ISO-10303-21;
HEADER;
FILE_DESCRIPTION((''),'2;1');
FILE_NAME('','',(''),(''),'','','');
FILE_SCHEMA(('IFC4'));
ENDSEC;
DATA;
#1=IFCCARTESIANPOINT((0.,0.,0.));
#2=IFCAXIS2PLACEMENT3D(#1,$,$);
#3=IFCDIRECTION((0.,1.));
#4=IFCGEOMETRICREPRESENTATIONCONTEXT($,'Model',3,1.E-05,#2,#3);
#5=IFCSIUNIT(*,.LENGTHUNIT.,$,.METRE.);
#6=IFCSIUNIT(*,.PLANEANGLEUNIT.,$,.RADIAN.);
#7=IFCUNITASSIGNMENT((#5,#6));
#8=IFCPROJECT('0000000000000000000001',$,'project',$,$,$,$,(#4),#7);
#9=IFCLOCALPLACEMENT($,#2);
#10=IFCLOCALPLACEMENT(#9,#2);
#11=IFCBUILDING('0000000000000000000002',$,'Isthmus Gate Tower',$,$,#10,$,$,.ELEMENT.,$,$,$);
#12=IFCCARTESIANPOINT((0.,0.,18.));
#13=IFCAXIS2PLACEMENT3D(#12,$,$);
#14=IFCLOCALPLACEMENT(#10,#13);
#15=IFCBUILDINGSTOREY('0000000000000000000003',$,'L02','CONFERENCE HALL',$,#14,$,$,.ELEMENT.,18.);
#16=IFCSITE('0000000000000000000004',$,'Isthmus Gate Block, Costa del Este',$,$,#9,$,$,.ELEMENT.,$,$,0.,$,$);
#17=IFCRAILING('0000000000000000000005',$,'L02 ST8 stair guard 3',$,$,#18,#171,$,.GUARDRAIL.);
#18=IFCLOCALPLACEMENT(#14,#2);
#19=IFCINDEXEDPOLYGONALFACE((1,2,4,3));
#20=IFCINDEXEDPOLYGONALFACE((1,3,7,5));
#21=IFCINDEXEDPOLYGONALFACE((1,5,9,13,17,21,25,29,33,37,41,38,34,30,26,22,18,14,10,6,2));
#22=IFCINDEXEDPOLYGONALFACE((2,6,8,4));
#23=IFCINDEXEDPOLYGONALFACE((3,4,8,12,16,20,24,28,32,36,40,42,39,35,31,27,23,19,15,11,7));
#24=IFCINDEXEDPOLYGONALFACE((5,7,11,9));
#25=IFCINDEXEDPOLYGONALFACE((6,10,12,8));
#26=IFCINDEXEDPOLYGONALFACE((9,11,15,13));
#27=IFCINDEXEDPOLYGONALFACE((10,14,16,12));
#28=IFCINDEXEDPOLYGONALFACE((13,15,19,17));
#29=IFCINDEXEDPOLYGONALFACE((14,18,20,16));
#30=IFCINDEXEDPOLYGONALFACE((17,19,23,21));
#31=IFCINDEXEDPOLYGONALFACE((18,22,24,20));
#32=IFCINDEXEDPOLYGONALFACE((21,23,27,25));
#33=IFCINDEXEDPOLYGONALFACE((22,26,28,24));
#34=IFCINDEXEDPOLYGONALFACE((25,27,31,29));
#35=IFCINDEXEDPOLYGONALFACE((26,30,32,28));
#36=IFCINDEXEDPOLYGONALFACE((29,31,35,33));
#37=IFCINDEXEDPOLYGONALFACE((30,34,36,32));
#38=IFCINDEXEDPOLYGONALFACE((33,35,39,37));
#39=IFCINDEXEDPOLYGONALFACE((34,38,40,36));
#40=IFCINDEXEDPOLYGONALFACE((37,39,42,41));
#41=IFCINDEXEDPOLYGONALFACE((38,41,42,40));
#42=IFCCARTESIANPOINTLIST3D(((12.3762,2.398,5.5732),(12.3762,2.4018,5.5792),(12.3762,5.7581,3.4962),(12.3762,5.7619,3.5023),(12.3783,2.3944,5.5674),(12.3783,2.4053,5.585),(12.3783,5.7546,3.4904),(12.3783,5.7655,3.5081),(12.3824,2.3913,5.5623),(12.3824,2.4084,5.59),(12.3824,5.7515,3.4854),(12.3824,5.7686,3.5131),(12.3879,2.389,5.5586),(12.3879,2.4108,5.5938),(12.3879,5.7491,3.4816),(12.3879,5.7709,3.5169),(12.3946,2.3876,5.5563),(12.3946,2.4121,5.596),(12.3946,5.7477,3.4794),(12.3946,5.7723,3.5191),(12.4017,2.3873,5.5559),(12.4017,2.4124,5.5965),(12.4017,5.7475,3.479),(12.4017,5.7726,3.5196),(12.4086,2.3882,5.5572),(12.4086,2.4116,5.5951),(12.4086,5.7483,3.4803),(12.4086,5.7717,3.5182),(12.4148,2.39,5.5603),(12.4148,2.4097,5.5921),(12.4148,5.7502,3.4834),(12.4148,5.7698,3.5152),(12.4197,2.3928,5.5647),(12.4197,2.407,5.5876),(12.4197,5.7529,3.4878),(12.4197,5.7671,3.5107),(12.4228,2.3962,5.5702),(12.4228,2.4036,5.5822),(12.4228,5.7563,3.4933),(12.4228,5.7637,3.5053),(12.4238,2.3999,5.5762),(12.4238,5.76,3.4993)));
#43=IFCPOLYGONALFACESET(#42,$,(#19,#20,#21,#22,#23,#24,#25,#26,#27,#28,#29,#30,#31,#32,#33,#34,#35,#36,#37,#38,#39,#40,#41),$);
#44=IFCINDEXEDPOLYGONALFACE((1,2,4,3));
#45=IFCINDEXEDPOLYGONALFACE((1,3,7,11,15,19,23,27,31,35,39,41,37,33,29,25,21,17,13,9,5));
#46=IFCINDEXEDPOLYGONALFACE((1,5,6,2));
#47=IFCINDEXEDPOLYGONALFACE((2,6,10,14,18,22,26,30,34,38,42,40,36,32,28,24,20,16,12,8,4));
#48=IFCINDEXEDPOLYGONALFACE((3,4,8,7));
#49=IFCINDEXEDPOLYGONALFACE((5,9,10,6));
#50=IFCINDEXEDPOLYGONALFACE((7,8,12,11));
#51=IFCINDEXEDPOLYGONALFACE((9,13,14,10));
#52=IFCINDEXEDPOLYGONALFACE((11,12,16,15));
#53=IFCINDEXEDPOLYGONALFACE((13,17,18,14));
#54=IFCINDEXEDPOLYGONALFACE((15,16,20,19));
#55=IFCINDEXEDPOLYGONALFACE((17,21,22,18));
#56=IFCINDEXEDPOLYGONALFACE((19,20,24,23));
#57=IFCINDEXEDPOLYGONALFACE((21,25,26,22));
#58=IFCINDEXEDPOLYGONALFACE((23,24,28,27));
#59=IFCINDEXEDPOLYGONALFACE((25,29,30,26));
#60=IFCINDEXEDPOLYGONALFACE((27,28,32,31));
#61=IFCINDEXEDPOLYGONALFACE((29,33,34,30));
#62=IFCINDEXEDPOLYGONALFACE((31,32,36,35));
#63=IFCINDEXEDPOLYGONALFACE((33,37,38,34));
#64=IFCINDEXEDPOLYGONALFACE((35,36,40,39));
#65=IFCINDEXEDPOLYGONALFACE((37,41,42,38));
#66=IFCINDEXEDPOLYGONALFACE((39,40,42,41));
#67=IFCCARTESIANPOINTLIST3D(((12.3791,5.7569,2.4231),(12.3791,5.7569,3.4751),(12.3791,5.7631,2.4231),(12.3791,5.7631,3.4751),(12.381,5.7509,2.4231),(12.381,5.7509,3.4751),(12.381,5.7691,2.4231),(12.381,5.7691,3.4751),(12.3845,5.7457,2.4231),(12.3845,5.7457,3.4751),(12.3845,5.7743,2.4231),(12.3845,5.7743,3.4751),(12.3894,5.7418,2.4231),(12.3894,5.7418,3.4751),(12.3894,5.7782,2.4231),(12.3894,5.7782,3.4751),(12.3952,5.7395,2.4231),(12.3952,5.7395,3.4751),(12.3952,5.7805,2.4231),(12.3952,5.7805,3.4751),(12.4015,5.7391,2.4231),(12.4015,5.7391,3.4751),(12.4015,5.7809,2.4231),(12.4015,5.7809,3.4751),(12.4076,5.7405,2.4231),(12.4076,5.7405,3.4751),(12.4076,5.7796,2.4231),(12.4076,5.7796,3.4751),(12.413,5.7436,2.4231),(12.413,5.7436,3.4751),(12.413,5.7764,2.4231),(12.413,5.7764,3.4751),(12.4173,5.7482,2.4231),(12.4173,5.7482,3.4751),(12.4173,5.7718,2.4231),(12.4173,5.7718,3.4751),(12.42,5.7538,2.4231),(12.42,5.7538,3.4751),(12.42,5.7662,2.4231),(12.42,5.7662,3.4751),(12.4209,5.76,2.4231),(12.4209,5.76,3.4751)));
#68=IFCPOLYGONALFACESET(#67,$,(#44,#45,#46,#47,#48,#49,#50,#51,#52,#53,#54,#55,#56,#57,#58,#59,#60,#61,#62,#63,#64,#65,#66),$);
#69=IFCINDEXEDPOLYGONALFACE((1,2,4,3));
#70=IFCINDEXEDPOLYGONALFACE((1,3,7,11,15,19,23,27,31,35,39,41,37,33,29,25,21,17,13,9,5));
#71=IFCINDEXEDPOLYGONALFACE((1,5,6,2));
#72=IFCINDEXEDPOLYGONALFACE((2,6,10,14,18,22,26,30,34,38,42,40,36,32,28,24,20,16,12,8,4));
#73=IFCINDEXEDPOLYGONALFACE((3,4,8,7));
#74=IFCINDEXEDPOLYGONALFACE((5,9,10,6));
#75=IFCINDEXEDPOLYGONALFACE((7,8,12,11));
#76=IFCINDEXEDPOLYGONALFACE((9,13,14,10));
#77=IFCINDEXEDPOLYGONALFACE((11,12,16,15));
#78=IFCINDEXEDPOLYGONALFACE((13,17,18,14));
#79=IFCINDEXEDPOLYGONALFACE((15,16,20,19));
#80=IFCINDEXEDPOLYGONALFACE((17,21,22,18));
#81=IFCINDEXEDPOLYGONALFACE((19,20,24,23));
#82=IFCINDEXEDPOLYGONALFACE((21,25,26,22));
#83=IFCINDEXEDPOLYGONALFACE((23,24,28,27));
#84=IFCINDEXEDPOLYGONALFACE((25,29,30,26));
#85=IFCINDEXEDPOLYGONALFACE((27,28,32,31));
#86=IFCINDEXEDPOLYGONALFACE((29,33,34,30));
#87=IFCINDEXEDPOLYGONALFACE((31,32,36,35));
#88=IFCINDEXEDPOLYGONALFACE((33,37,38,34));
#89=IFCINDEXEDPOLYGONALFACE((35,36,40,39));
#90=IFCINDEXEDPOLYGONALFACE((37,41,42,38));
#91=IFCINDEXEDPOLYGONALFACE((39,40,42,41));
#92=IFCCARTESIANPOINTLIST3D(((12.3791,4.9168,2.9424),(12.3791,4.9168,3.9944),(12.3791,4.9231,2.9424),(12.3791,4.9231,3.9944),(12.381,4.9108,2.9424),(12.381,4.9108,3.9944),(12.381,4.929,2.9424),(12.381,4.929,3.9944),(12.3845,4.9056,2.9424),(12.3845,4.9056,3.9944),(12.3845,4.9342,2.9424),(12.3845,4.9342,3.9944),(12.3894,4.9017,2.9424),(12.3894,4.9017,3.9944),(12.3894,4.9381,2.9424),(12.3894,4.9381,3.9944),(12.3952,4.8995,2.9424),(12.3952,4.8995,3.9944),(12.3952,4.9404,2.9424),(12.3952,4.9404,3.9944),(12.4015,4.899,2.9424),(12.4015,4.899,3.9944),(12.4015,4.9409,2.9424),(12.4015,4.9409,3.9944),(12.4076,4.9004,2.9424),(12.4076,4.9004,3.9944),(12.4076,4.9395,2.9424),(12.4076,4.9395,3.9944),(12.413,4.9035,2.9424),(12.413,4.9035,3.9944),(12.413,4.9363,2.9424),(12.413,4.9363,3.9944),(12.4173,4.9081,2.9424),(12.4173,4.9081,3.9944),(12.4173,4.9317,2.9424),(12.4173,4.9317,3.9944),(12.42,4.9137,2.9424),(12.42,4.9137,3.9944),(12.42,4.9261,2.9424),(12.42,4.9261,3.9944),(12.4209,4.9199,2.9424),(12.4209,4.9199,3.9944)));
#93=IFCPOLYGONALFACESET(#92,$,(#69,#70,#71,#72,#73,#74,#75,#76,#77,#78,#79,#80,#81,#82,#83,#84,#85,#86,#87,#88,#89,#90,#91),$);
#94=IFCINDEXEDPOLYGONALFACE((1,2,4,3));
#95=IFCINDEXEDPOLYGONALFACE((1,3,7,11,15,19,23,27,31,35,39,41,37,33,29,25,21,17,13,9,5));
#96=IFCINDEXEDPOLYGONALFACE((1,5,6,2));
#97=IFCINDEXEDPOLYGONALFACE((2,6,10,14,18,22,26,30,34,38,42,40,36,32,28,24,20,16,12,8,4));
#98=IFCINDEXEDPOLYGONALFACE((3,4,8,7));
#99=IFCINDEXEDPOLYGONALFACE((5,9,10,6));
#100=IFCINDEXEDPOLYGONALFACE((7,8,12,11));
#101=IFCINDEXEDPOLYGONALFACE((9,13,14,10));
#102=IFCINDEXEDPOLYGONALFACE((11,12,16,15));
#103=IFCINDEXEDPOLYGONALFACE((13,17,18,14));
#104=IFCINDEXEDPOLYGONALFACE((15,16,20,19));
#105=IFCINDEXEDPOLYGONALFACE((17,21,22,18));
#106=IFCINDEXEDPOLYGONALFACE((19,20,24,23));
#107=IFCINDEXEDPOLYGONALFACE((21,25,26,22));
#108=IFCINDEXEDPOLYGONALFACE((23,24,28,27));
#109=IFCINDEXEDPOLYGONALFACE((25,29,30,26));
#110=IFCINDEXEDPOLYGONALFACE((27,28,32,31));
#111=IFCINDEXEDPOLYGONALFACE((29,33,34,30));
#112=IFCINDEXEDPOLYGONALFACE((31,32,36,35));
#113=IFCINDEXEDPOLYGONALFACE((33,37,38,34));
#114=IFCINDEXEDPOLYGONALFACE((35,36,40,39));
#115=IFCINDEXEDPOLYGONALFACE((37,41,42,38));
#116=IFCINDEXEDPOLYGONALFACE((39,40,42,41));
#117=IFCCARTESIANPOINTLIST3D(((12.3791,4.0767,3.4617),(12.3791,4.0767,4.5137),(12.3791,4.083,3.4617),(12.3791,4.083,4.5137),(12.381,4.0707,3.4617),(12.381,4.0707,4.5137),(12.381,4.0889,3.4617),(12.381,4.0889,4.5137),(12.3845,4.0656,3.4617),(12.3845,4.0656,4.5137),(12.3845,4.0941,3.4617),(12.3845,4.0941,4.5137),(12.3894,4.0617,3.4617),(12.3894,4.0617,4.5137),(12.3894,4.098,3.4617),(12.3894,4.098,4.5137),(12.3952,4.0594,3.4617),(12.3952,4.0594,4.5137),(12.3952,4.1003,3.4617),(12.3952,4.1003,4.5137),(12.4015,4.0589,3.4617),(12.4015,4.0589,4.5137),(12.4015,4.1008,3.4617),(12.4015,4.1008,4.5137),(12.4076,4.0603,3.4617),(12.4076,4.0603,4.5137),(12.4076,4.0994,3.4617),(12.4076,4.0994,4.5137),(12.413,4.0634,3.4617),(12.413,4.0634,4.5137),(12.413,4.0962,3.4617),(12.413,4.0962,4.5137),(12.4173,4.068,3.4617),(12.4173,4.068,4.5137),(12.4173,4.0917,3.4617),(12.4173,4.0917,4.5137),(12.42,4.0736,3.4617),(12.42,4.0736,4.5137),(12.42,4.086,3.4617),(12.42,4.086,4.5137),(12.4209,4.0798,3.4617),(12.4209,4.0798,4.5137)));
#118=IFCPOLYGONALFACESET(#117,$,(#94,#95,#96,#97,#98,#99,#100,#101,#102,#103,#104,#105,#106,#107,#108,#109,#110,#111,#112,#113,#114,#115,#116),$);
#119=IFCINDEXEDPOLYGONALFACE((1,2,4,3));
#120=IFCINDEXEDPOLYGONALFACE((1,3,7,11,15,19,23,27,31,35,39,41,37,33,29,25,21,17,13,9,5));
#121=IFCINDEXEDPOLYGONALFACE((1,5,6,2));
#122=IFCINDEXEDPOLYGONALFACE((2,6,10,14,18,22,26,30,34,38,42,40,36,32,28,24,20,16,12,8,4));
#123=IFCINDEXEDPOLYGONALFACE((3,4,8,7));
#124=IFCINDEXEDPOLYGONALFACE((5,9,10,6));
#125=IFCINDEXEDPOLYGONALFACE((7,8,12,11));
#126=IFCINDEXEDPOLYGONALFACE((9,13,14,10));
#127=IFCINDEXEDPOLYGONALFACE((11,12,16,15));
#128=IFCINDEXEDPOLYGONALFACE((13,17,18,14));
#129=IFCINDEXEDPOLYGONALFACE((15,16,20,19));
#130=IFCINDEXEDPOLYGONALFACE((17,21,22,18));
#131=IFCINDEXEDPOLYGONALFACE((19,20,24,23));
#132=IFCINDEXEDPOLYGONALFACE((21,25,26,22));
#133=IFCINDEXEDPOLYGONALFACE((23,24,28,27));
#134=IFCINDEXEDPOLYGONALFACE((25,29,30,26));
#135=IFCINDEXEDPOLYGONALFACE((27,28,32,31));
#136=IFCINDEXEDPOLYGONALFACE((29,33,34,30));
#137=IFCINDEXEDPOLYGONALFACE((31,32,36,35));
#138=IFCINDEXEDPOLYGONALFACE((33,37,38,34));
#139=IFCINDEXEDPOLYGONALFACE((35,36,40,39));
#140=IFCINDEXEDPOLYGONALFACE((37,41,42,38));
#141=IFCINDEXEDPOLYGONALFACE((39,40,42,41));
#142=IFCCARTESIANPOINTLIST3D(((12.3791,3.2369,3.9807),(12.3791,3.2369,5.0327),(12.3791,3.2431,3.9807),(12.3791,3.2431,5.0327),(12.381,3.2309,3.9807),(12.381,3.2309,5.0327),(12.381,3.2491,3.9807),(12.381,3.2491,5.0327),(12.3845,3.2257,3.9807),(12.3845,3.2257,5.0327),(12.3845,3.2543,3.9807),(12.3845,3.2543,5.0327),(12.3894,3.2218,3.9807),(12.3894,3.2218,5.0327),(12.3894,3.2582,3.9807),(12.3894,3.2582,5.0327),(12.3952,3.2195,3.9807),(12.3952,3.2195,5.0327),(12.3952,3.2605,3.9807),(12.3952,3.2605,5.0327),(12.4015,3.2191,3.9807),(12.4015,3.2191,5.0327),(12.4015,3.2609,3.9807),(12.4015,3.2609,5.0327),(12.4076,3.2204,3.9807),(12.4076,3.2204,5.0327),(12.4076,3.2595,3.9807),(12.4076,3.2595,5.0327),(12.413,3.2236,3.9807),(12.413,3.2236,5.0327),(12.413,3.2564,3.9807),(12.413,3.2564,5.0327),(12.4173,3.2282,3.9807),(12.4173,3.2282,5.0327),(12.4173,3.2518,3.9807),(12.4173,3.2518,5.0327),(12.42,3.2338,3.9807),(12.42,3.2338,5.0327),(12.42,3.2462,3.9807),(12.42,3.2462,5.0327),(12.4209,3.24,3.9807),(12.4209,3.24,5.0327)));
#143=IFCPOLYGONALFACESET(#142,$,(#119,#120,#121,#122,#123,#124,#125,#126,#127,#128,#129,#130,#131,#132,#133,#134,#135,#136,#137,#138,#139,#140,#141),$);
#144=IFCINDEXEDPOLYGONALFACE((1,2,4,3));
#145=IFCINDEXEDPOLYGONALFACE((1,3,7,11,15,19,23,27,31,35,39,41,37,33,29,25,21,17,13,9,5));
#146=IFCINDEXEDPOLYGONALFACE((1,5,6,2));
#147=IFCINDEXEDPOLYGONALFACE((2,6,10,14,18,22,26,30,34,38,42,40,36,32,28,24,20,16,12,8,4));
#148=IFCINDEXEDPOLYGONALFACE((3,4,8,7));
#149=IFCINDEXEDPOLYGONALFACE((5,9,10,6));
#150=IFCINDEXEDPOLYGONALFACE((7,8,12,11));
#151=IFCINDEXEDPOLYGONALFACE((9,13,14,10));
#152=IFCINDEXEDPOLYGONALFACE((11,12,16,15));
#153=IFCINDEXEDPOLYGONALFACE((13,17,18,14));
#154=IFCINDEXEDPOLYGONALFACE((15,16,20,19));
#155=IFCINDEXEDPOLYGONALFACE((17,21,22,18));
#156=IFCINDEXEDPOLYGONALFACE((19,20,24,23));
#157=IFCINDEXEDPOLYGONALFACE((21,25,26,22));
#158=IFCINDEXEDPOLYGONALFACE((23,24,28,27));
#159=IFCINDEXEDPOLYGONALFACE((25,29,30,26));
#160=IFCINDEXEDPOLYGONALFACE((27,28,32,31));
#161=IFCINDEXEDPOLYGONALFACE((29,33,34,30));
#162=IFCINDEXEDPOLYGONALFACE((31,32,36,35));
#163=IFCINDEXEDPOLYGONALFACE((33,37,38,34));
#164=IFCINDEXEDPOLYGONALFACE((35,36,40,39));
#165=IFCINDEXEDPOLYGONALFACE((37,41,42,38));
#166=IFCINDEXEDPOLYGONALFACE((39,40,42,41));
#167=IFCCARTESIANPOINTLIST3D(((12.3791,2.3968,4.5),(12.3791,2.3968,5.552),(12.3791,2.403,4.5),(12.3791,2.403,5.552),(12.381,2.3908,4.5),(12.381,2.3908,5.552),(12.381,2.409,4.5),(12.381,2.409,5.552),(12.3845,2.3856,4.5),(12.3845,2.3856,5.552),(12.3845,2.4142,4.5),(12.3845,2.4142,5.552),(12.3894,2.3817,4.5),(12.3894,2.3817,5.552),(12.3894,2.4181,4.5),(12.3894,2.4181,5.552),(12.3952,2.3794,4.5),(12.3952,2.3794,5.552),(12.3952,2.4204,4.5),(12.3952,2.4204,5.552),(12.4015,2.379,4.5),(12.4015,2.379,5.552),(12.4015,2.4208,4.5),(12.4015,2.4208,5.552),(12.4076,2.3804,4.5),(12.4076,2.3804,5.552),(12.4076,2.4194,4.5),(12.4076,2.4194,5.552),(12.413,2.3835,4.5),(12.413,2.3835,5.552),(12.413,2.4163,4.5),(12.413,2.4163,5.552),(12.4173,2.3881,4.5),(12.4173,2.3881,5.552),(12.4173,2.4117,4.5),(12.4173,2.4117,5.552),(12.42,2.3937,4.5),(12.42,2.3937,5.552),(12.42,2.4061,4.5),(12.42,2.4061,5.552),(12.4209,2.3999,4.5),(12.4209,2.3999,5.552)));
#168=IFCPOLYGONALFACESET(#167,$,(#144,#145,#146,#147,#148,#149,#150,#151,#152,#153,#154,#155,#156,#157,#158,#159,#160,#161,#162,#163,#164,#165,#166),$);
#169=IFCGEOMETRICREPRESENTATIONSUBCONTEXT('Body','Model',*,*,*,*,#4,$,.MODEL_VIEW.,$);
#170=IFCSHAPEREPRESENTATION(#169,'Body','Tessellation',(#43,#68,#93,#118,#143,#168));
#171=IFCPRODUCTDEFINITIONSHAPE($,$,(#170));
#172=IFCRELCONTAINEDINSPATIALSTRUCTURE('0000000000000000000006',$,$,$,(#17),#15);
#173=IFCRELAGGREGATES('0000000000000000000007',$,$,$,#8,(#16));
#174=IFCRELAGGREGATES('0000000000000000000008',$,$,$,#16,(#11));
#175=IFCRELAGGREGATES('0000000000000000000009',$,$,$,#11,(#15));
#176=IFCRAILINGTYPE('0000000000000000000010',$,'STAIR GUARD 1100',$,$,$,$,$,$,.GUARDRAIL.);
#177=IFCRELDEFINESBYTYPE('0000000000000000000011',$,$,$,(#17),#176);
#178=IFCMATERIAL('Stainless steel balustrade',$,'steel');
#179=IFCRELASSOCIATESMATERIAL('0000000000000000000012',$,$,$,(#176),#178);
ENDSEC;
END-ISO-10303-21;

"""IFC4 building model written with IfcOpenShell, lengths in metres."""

from ifc_helpers import new_model, si_unit, direction, frame, origin, origin_2d, place, context, subcontext, project, spatial, circle, extrude, material, type_object, element, save


model = new_model("IFC4")

# Units and contexts
model_context = context("Model", 3, precision=1e-05, world=origin(), true_north=direction((0.0, 1.0)))
body_context = subcontext(model_context, "Body", "Model", "MODEL_VIEW")
ifc_project = project(units=[si_unit("LENGTHUNIT", "METRE"), si_unit("PLANEANGLEUNIT", "RADIAN")], contexts=[model_context])

# Site, building, storey
site_placement = place(None, origin())
site = spatial("IfcSite", under=ifc_project, at=site_placement, Name="Isthmus Gate Block, Costa del Este", CompositionType="ELEMENT", RefElevation=0.0)
building_placement = place(site_placement, origin())
building = spatial("IfcBuilding", under=site, at=building_placement, Name="Isthmus Gate Tower", CompositionType="ELEMENT")
storey_placement = place(building_placement, frame((0.0, 0.0, 18.0)))
storey = spatial("IfcBuildingStorey", under=building, at=storey_placement, Name="L02", Description="CONFERENCE HALL", CompositionType="ELEMENT", Elevation=18.0)

# Railing
ifc_material_1 = material(Name="Stainless steel balustrade", Category="steel")
railing_type_1 = type_object("IfcRailingType", Name="STAIR GUARD 1100", PredefinedType="GUARDRAIL", material=ifc_material_1)
railing_1_placement = place(storey_placement, frame((12.3999, 5.76, 2.4231)))
element("IfcRailing", 1, at=railing_1_placement, inside=storey, type_object=railing_type_1, Name="L02 ST8 stair guard 3", PredefinedType="GUARDRAIL", context=body_context, shape_type="SweptSolid", body=[
    extrude(circle(Radius=0.0239, at=origin_2d()), frame((0.0, 0.0, 1.0762), z_axis=(0.0, -0.850623, 0.525776), x_axis=(1.0, 0.0, 0.0)), (0.0, 0.0, 1.0), 3.9502),
    extrude(circle(Radius=0.021, at=origin_2d()), origin(), (0.0, 0.0, 1.0), 1.052),
    extrude(circle(Radius=0.021, at=origin_2d()), frame((0.0, -0.8401, 0.5193)), (0.0, 0.0, 1.0), 1.052),
    extrude(circle(Radius=0.021, at=origin_2d()), frame((0.0, -1.6802, 1.0386)), (0.0, 0.0, 1.0), 1.052),
    extrude(circle(Radius=0.021, at=origin_2d()), frame((0.0, -2.52, 1.5576)), (0.0, 0.0, 1.0), 1.052),
    extrude(circle(Radius=0.021, at=origin_2d()), frame((0.0, -3.3601, 2.0769)), (0.0, 0.0, 1.0), 1.052),
])

save(model, "model.ifc")
